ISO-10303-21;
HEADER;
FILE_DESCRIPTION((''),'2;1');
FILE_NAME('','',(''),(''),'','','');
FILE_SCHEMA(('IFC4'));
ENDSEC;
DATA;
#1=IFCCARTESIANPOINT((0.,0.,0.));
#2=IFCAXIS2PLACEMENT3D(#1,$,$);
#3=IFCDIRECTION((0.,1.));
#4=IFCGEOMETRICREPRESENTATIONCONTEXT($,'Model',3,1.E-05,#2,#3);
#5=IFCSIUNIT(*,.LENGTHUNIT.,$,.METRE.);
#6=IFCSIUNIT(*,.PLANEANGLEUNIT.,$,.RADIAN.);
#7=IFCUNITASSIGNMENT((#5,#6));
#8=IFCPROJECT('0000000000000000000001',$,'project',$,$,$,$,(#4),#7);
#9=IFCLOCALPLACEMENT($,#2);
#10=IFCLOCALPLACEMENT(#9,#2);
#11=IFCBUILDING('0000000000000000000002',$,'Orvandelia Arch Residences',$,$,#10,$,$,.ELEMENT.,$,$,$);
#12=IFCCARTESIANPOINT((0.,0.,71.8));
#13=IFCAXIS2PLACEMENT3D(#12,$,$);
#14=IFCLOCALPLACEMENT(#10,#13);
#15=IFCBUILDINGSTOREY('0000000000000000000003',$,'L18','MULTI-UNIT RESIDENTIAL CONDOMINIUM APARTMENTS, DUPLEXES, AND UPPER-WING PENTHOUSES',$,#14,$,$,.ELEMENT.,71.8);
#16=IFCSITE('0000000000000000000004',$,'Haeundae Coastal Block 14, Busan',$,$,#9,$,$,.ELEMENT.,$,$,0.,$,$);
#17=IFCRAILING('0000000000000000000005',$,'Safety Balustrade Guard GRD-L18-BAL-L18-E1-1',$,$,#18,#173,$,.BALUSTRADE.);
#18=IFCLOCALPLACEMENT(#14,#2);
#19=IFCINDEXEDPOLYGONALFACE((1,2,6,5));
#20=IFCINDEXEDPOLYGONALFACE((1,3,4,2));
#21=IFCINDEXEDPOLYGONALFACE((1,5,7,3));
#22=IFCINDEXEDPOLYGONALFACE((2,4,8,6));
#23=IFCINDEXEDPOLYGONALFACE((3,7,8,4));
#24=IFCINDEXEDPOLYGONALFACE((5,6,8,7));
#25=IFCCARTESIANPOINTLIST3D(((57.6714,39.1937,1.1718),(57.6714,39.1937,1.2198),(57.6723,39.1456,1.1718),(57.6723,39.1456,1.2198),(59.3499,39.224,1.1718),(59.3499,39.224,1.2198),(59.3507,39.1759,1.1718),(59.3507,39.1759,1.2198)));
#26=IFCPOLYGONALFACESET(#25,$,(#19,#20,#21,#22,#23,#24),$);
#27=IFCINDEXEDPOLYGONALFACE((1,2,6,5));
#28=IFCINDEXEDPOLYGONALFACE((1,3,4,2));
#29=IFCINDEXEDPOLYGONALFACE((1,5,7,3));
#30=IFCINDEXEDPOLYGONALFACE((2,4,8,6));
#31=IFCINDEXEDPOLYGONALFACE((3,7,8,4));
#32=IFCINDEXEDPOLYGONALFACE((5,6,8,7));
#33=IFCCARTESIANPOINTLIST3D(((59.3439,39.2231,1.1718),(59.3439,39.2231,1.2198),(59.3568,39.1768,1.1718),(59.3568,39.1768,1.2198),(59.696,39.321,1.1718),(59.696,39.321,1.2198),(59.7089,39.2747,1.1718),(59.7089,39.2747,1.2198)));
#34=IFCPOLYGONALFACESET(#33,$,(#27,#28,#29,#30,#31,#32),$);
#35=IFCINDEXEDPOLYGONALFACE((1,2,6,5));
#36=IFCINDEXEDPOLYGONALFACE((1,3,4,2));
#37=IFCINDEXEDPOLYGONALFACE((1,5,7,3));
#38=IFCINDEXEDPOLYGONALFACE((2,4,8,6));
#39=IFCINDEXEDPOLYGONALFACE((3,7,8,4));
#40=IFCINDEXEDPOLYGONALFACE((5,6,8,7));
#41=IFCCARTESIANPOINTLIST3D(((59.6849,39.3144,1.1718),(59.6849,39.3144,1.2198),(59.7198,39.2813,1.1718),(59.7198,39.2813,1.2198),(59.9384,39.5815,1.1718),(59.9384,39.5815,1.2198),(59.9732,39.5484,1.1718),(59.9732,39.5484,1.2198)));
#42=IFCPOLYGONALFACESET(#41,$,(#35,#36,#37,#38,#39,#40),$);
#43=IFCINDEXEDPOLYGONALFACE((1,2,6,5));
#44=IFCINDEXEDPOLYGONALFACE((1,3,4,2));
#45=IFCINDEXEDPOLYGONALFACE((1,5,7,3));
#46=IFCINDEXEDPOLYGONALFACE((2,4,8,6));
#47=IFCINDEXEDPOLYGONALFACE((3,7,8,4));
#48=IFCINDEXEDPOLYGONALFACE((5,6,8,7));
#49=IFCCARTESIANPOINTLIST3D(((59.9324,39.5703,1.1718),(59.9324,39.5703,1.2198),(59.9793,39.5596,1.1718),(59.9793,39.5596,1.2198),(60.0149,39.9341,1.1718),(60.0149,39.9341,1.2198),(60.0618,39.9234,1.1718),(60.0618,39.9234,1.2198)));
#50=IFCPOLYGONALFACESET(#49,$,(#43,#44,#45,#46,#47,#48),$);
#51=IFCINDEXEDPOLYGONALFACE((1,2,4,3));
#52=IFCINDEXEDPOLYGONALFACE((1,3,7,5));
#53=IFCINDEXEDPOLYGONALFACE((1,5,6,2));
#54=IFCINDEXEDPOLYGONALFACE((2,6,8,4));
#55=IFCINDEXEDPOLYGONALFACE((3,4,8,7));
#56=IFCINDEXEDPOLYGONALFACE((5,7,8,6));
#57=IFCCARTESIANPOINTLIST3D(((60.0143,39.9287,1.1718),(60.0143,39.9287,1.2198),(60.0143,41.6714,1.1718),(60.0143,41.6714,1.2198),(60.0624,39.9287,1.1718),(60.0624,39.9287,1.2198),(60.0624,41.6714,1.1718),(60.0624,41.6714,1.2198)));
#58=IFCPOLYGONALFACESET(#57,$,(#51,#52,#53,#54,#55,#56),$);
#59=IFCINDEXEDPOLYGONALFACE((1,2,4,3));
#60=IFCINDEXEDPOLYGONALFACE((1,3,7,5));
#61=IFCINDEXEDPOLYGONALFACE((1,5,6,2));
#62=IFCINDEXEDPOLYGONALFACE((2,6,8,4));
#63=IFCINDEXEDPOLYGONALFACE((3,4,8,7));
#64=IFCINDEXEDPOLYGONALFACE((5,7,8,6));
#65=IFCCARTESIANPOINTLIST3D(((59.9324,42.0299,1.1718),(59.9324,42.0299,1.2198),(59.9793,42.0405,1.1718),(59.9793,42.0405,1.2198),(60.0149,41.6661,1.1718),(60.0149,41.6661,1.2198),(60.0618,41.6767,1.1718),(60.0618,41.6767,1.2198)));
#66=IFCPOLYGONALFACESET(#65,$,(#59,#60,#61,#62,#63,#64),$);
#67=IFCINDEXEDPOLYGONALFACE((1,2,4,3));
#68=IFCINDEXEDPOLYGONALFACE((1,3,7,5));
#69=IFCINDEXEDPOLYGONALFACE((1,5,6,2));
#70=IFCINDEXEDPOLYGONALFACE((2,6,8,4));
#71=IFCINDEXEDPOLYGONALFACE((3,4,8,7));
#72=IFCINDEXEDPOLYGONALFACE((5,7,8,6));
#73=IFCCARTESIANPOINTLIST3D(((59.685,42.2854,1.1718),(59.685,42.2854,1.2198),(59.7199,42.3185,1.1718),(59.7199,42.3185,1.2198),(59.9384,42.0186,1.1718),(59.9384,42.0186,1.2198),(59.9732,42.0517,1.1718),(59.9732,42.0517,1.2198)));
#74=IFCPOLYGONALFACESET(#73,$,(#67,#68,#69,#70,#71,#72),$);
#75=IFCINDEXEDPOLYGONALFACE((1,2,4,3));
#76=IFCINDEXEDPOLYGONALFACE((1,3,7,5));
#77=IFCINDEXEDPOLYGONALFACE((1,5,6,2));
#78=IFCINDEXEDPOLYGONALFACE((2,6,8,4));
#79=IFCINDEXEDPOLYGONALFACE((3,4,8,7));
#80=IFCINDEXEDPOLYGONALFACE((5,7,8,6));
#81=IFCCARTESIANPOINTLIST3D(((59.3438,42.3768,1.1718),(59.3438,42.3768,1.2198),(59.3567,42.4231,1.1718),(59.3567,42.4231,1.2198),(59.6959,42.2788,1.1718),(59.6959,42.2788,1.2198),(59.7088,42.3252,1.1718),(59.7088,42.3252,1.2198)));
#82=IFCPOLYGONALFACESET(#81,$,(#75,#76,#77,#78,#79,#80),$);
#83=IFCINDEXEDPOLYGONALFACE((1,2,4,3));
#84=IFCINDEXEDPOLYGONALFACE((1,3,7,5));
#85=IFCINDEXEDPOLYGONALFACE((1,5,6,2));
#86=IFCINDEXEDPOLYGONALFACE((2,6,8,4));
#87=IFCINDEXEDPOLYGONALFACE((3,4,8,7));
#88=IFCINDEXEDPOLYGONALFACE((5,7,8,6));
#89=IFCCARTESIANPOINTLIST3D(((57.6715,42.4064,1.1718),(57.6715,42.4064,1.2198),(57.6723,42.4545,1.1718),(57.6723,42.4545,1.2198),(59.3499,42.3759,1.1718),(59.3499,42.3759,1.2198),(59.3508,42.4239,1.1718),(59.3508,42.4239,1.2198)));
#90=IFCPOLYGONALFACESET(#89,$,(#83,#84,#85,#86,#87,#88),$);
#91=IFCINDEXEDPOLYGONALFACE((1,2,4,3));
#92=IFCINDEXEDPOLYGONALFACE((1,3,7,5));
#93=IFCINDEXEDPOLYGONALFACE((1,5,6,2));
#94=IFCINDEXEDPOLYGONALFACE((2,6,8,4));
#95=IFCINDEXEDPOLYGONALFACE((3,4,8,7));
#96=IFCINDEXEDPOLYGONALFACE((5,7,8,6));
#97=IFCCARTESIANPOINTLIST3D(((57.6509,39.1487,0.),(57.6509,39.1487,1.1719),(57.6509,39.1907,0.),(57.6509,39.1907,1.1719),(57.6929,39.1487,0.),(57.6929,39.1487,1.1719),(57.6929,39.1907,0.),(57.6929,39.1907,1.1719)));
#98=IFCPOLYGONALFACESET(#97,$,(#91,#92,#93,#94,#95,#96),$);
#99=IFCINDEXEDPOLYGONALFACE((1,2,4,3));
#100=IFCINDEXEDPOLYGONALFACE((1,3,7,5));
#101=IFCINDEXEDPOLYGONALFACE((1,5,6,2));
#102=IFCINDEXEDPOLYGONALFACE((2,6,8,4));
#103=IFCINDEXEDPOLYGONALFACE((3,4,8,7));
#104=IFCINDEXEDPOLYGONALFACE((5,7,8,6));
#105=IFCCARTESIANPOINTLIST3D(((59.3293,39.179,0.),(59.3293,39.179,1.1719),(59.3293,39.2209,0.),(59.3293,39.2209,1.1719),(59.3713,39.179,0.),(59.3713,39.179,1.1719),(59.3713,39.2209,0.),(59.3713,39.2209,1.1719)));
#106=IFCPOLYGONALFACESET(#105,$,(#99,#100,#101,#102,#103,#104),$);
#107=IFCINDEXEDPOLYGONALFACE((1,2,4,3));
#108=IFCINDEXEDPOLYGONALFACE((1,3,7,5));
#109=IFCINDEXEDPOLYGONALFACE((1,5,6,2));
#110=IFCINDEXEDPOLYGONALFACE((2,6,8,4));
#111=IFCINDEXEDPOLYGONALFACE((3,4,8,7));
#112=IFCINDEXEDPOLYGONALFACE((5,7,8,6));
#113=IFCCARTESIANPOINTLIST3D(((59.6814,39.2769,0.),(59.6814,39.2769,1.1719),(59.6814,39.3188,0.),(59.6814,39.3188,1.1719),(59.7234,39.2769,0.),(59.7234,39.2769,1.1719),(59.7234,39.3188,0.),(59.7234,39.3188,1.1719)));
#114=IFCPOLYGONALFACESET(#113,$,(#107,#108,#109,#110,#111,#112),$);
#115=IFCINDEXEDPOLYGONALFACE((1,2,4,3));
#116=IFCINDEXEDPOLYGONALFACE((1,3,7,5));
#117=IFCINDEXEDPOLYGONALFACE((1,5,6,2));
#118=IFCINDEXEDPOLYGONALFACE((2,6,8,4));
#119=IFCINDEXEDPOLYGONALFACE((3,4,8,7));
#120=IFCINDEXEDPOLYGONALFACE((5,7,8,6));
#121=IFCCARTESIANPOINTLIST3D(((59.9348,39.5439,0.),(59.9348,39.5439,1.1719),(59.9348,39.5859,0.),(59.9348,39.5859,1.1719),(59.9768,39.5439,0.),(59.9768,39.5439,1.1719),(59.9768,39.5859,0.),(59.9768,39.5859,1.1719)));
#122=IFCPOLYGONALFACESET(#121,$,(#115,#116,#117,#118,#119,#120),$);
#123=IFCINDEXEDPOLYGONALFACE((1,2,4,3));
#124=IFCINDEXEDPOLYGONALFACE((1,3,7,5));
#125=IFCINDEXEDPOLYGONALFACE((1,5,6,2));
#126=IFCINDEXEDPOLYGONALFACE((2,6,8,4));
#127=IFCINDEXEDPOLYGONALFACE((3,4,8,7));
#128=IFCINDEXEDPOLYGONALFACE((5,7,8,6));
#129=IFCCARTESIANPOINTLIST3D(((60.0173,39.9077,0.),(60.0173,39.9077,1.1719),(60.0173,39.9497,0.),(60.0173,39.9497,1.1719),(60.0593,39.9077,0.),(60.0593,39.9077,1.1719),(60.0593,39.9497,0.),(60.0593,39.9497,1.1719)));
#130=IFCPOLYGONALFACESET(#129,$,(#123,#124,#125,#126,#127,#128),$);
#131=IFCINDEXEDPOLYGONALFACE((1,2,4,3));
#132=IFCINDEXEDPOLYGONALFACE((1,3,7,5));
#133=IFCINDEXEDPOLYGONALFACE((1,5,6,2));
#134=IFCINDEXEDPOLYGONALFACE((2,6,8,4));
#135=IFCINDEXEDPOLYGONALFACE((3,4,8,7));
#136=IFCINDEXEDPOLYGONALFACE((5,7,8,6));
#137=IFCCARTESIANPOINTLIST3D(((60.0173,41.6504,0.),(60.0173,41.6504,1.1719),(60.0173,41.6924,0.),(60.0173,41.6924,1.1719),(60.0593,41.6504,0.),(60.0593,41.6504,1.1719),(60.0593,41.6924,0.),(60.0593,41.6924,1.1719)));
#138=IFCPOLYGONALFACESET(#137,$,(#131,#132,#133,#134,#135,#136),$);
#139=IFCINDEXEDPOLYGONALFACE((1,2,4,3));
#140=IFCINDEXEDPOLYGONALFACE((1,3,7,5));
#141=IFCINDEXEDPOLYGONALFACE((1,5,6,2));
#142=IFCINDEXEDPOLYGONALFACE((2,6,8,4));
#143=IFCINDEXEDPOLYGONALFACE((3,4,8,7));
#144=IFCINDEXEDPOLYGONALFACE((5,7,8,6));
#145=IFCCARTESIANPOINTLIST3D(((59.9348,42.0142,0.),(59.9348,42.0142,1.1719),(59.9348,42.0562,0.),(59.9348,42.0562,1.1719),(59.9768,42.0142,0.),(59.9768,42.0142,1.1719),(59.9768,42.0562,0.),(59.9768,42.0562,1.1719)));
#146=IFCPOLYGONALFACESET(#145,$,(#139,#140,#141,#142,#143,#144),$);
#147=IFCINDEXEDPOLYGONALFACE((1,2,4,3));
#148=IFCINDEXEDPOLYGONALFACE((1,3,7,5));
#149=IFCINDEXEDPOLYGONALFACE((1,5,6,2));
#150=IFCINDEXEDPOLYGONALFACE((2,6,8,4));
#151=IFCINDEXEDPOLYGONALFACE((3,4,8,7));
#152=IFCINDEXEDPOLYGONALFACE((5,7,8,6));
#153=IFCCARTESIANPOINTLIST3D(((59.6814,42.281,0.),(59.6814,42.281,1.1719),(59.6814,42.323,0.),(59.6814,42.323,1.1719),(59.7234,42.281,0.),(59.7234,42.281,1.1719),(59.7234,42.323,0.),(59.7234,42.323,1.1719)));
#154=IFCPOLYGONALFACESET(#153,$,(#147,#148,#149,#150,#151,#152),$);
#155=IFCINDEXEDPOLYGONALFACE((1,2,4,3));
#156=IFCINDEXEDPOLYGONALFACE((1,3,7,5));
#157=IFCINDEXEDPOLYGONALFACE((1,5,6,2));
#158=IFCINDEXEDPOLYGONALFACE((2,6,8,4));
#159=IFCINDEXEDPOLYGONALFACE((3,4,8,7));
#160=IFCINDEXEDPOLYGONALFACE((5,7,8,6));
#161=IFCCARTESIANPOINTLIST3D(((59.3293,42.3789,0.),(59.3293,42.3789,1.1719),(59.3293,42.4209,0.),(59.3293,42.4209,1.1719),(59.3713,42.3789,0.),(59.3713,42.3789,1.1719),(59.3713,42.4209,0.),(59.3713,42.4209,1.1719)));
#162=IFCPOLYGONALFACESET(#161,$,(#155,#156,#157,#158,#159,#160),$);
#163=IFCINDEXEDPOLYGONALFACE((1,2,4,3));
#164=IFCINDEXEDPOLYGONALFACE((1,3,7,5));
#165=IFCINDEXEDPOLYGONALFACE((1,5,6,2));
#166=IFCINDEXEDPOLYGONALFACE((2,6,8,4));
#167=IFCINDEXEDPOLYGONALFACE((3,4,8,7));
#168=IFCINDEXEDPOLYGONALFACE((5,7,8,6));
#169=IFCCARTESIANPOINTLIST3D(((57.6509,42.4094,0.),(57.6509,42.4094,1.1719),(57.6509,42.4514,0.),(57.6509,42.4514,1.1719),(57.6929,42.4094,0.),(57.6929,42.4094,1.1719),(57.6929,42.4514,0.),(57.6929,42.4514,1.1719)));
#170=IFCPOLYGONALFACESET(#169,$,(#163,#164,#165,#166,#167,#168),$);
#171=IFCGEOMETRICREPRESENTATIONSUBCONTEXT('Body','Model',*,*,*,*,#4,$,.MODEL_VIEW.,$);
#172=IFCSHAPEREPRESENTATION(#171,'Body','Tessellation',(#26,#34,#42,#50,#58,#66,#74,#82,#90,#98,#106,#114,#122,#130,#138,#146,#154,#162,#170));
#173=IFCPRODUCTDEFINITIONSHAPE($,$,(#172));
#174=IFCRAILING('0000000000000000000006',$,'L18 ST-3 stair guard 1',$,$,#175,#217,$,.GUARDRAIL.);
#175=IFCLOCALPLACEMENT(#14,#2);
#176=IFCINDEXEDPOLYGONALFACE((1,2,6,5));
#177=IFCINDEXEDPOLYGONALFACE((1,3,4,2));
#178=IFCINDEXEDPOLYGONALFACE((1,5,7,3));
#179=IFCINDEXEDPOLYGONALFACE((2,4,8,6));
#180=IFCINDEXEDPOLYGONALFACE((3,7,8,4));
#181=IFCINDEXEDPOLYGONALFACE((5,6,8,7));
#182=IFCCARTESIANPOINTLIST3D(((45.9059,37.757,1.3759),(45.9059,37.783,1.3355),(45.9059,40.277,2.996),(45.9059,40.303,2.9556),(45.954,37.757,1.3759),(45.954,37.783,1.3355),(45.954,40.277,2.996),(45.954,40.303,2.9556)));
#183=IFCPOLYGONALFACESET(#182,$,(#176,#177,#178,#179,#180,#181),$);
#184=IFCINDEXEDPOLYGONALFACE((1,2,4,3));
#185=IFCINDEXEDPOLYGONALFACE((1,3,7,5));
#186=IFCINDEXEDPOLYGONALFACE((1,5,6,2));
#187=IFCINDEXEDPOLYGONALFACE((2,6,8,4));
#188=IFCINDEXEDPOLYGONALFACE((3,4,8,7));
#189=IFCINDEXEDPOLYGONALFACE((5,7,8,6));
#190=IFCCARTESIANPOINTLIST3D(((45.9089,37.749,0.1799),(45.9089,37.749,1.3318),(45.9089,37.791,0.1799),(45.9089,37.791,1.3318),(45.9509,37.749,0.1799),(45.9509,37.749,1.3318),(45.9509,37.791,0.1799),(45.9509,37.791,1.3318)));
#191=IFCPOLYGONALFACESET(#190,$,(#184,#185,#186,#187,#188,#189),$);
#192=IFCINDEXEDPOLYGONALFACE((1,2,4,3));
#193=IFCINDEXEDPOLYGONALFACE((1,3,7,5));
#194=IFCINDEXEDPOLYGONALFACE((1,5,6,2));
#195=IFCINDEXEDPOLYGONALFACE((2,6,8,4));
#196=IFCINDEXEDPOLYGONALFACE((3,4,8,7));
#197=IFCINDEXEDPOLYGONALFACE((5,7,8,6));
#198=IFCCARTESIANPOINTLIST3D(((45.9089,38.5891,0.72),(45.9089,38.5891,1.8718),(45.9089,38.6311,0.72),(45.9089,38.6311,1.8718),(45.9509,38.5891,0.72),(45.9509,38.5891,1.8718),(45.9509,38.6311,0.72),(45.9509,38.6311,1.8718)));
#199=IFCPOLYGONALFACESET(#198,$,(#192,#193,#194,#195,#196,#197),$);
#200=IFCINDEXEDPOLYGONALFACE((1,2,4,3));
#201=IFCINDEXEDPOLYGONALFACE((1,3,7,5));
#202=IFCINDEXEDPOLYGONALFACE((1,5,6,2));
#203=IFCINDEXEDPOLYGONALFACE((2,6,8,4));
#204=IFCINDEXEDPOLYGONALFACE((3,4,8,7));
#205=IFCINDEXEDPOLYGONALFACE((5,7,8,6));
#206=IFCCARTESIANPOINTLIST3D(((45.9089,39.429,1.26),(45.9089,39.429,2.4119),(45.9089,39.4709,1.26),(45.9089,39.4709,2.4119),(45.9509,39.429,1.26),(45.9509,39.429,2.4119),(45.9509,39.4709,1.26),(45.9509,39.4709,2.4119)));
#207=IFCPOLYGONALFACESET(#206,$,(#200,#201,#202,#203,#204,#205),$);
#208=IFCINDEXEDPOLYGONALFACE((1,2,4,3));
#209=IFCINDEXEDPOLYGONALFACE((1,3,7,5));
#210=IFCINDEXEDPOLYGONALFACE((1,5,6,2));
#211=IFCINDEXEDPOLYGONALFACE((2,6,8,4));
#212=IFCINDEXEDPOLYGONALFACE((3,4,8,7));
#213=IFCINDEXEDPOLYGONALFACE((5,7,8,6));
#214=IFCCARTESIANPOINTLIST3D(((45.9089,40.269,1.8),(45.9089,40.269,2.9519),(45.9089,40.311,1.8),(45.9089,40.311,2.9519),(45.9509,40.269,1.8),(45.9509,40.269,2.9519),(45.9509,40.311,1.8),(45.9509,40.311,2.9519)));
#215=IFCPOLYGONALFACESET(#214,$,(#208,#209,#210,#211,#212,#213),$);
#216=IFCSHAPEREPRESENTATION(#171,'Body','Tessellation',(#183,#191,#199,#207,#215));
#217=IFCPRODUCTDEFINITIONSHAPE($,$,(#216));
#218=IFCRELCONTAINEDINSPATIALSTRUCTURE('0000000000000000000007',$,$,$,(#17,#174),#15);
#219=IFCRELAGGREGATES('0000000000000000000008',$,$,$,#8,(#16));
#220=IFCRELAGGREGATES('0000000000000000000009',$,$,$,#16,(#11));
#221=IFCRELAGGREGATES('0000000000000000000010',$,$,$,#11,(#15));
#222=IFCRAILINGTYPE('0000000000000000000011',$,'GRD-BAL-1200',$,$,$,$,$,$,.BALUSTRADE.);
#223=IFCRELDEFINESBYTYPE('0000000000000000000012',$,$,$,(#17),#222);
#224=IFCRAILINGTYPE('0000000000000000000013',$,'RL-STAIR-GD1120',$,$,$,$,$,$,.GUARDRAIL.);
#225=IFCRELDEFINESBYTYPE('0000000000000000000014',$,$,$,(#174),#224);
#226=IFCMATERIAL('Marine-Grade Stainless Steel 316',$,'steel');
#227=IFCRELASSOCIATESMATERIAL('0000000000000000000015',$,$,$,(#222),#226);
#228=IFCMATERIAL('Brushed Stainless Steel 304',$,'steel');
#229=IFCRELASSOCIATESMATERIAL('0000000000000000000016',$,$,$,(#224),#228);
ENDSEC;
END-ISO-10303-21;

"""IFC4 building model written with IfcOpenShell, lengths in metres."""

from ifc_helpers import new_model, si_unit, direction, frame, origin, origin_2d, place, context, subcontext, project, spatial, rectangle, extrude, material, type_object, element, save


model = new_model("IFC4")

# Units and contexts
model_context = context("Model", 3, precision=1e-05, world=origin(), true_north=direction((0.0, 1.0)))
body_context = subcontext(model_context, "Body", "Model", "MODEL_VIEW")
ifc_project = project(units=[si_unit("LENGTHUNIT", "METRE"), si_unit("PLANEANGLEUNIT", "RADIAN")], contexts=[model_context])

# Site, building, storey
site_placement = place(None, origin())
site = spatial("IfcSite", under=ifc_project, at=site_placement, Name="Haeundae Coastal Block 14, Busan", CompositionType="ELEMENT", RefElevation=0.0)
building_placement = place(site_placement, origin())
building = spatial("IfcBuilding", under=site, at=building_placement, Name="Orvandelia Arch Residences", CompositionType="ELEMENT")
storey_placement = place(building_placement, frame((0.0, 0.0, 71.8)))
storey = spatial("IfcBuildingStorey", under=building, at=storey_placement, Name="L18", Description="MULTI-UNIT RESIDENTIAL CONDOMINIUM APARTMENTS, DUPLEXES, AND UPPER-WING PENTHOUSES", CompositionType="ELEMENT", Elevation=71.8)

# Railings
ifc_material_1 = material(Name="Marine-Grade Stainless Steel 316", Category="steel")
railing_type_1 = type_object("IfcRailingType", Name="GRD-BAL-1200", PredefinedType="BALUSTRADE", material=ifc_material_1)
railing_1_placement = place(storey_placement, frame((57.6719, 39.1697, 0.0)))
element("IfcRailing", 1, at=railing_1_placement, inside=storey, type_object=railing_type_1, Name="Safety Balustrade Guard GRD-L18-BAL-L18-E1-1", PredefinedType="BALUSTRADE", context=body_context, shape_type="SweptSolid", body=[
    extrude(rectangle(XDim=0.0481, YDim=0.0481, at=origin_2d()), frame((0.0, 0.0, 1.1958), z_axis=(0.999837, 0.018033, 0.0), x_axis=(-0.018033, 0.999837, 0.0)), (0.0, 0.0, 1.0), 1.6787),
    extrude(rectangle(XDim=0.0481, YDim=0.0481, at=origin_2d()), frame((1.6785, 0.0303, 1.1958), z_axis=(0.963441, 0.26792, 0.0), x_axis=(-0.26792, 0.963441, 0.0)), (0.0, 0.0, 1.0), 0.3655),
    extrude(rectangle(XDim=0.0481, YDim=0.0481, at=origin_2d()), frame((2.0305, 0.1282, 1.1958), z_axis=(0.688296, 0.72543, 0.0), x_axis=(-0.72543, 0.688296, 0.0)), (0.0, 0.0, 1.0), 0.3682),
    extrude(rectangle(XDim=0.0481, YDim=0.0481, at=origin_2d()), frame((2.2839, 0.3953, 1.1958), z_axis=(0.221225, 0.975223, 0.0), x_axis=(-0.975223, 0.221225, 0.0)), (0.0, 0.0, 1.0), 0.373),
    extrude(rectangle(XDim=0.0481, YDim=0.0481, at=origin_2d()), frame((2.3665, 0.759, 1.1958), z_axis=(0.0, 1.0, 0.0), x_axis=(-1.0, 0.0, 0.0)), (0.0, 0.0, 1.0), 1.7427),
    extrude(rectangle(XDim=0.0481, YDim=0.0481, at=origin_2d()), frame((2.3665, 2.5017, 1.1958), z_axis=(-0.221225, 0.975223, 0.0), x_axis=(-0.975223, -0.221225, 0.0)), (0.0, 0.0, 1.0), 0.373),
    extrude(rectangle(XDim=0.0481, YDim=0.0481, at=origin_2d()), frame((2.2839, 2.8655, 1.1958), z_axis=(-0.688627, 0.725115, 0.0), x_axis=(-0.725115, -0.688627, 0.0)), (0.0, 0.0, 1.0), 0.3679),
    extrude(rectangle(XDim=0.0481, YDim=0.0481, at=origin_2d()), frame((2.0305, 3.1323, 1.1958), z_axis=(-0.963441, 0.26792, 0.0), x_axis=(-0.26792, -0.963441, 0.0)), (0.0, 0.0, 1.0), 0.3655),
    extrude(rectangle(XDim=0.0481, YDim=0.0481, at=origin_2d()), frame((1.6785, 3.2302, 1.1958), z_axis=(-0.999835, 0.018179, 0.0), x_axis=(-0.018179, -0.999835, 0.0)), (0.0, 0.0, 1.0), 1.6787),
    extrude(rectangle(XDim=0.042, YDim=0.042, at=origin_2d()), origin(), (0.0, 0.0, 1.0), 1.1719),
    extrude(rectangle(XDim=0.042, YDim=0.042, at=origin_2d()), frame((1.6785, 0.0303, 0.0)), (0.0, 0.0, 1.0), 1.1719),
    extrude(rectangle(XDim=0.042, YDim=0.042, at=origin_2d()), frame((2.0305, 0.1282, 0.0)), (0.0, 0.0, 1.0), 1.1719),
    extrude(rectangle(XDim=0.042, YDim=0.042, at=origin_2d()), frame((2.2839, 0.3953, 0.0)), (0.0, 0.0, 1.0), 1.1719),
    extrude(rectangle(XDim=0.042, YDim=0.042, at=origin_2d()), frame((2.3665, 0.759, 0.0)), (0.0, 0.0, 1.0), 1.1719),
    extrude(rectangle(XDim=0.042, YDim=0.042, at=origin_2d()), frame((2.3665, 2.5017, 0.0)), (0.0, 0.0, 1.0), 1.1719),
    extrude(rectangle(XDim=0.042, YDim=0.042, at=origin_2d()), frame((2.2839, 2.8655, 0.0)), (0.0, 0.0, 1.0), 1.1719),
    extrude(rectangle(XDim=0.042, YDim=0.042, at=origin_2d()), frame((2.0305, 3.1323, 0.0)), (0.0, 0.0, 1.0), 1.1719),
    extrude(rectangle(XDim=0.042, YDim=0.042, at=origin_2d()), frame((1.6785, 3.2302, 0.0)), (0.0, 0.0, 1.0), 1.1719),
    extrude(rectangle(XDim=0.042, YDim=0.042, at=origin_2d()), frame((0.0, 3.2607, 0.0)), (0.0, 0.0, 1.0), 1.1719),
])
ifc_material_2 = material(Name="Brushed Stainless Steel 304", Category="steel")
railing_type_2 = type_object("IfcRailingType", Name="RL-STAIR-GD1120", PredefinedType="GUARDRAIL", material=ifc_material_2)
railing_2_placement = place(storey_placement, frame((45.9299, 37.77, 0.1799)))
element("IfcRailing", 2, at=railing_2_placement, inside=storey, type_object=railing_type_2, Name="L18 ST-3 stair guard 1", PredefinedType="GUARDRAIL", context=body_context, shape_type="SweptSolid", body=[
    extrude(rectangle(XDim=0.0481, YDim=0.0481, at=origin_2d()), frame((0.0, 0.0, 1.1758), z_axis=(0.0, 0.841163, 0.540782), x_axis=(-1.0, 0.0, 0.0)), (0.0, 0.0, 1.0), 2.9958),
    extrude(rectangle(XDim=0.042, YDim=0.042, at=origin_2d()), origin(), (0.0, 0.0, 1.0), 1.1519),
    extrude(rectangle(XDim=0.042, YDim=0.042, at=origin_2d()), frame((0.0, 0.8401, 0.54)), (0.0, 0.0, 1.0), 1.1519),
    extrude(rectangle(XDim=0.042, YDim=0.042, at=origin_2d()), frame((0.0, 1.6799, 1.0801)), (0.0, 0.0, 1.0), 1.1519),
    extrude(rectangle(XDim=0.042, YDim=0.042, at=origin_2d()), frame((0.0, 2.52, 1.6201)), (0.0, 0.0, 1.0), 1.1519),
])

save(model, "model.ifc")
